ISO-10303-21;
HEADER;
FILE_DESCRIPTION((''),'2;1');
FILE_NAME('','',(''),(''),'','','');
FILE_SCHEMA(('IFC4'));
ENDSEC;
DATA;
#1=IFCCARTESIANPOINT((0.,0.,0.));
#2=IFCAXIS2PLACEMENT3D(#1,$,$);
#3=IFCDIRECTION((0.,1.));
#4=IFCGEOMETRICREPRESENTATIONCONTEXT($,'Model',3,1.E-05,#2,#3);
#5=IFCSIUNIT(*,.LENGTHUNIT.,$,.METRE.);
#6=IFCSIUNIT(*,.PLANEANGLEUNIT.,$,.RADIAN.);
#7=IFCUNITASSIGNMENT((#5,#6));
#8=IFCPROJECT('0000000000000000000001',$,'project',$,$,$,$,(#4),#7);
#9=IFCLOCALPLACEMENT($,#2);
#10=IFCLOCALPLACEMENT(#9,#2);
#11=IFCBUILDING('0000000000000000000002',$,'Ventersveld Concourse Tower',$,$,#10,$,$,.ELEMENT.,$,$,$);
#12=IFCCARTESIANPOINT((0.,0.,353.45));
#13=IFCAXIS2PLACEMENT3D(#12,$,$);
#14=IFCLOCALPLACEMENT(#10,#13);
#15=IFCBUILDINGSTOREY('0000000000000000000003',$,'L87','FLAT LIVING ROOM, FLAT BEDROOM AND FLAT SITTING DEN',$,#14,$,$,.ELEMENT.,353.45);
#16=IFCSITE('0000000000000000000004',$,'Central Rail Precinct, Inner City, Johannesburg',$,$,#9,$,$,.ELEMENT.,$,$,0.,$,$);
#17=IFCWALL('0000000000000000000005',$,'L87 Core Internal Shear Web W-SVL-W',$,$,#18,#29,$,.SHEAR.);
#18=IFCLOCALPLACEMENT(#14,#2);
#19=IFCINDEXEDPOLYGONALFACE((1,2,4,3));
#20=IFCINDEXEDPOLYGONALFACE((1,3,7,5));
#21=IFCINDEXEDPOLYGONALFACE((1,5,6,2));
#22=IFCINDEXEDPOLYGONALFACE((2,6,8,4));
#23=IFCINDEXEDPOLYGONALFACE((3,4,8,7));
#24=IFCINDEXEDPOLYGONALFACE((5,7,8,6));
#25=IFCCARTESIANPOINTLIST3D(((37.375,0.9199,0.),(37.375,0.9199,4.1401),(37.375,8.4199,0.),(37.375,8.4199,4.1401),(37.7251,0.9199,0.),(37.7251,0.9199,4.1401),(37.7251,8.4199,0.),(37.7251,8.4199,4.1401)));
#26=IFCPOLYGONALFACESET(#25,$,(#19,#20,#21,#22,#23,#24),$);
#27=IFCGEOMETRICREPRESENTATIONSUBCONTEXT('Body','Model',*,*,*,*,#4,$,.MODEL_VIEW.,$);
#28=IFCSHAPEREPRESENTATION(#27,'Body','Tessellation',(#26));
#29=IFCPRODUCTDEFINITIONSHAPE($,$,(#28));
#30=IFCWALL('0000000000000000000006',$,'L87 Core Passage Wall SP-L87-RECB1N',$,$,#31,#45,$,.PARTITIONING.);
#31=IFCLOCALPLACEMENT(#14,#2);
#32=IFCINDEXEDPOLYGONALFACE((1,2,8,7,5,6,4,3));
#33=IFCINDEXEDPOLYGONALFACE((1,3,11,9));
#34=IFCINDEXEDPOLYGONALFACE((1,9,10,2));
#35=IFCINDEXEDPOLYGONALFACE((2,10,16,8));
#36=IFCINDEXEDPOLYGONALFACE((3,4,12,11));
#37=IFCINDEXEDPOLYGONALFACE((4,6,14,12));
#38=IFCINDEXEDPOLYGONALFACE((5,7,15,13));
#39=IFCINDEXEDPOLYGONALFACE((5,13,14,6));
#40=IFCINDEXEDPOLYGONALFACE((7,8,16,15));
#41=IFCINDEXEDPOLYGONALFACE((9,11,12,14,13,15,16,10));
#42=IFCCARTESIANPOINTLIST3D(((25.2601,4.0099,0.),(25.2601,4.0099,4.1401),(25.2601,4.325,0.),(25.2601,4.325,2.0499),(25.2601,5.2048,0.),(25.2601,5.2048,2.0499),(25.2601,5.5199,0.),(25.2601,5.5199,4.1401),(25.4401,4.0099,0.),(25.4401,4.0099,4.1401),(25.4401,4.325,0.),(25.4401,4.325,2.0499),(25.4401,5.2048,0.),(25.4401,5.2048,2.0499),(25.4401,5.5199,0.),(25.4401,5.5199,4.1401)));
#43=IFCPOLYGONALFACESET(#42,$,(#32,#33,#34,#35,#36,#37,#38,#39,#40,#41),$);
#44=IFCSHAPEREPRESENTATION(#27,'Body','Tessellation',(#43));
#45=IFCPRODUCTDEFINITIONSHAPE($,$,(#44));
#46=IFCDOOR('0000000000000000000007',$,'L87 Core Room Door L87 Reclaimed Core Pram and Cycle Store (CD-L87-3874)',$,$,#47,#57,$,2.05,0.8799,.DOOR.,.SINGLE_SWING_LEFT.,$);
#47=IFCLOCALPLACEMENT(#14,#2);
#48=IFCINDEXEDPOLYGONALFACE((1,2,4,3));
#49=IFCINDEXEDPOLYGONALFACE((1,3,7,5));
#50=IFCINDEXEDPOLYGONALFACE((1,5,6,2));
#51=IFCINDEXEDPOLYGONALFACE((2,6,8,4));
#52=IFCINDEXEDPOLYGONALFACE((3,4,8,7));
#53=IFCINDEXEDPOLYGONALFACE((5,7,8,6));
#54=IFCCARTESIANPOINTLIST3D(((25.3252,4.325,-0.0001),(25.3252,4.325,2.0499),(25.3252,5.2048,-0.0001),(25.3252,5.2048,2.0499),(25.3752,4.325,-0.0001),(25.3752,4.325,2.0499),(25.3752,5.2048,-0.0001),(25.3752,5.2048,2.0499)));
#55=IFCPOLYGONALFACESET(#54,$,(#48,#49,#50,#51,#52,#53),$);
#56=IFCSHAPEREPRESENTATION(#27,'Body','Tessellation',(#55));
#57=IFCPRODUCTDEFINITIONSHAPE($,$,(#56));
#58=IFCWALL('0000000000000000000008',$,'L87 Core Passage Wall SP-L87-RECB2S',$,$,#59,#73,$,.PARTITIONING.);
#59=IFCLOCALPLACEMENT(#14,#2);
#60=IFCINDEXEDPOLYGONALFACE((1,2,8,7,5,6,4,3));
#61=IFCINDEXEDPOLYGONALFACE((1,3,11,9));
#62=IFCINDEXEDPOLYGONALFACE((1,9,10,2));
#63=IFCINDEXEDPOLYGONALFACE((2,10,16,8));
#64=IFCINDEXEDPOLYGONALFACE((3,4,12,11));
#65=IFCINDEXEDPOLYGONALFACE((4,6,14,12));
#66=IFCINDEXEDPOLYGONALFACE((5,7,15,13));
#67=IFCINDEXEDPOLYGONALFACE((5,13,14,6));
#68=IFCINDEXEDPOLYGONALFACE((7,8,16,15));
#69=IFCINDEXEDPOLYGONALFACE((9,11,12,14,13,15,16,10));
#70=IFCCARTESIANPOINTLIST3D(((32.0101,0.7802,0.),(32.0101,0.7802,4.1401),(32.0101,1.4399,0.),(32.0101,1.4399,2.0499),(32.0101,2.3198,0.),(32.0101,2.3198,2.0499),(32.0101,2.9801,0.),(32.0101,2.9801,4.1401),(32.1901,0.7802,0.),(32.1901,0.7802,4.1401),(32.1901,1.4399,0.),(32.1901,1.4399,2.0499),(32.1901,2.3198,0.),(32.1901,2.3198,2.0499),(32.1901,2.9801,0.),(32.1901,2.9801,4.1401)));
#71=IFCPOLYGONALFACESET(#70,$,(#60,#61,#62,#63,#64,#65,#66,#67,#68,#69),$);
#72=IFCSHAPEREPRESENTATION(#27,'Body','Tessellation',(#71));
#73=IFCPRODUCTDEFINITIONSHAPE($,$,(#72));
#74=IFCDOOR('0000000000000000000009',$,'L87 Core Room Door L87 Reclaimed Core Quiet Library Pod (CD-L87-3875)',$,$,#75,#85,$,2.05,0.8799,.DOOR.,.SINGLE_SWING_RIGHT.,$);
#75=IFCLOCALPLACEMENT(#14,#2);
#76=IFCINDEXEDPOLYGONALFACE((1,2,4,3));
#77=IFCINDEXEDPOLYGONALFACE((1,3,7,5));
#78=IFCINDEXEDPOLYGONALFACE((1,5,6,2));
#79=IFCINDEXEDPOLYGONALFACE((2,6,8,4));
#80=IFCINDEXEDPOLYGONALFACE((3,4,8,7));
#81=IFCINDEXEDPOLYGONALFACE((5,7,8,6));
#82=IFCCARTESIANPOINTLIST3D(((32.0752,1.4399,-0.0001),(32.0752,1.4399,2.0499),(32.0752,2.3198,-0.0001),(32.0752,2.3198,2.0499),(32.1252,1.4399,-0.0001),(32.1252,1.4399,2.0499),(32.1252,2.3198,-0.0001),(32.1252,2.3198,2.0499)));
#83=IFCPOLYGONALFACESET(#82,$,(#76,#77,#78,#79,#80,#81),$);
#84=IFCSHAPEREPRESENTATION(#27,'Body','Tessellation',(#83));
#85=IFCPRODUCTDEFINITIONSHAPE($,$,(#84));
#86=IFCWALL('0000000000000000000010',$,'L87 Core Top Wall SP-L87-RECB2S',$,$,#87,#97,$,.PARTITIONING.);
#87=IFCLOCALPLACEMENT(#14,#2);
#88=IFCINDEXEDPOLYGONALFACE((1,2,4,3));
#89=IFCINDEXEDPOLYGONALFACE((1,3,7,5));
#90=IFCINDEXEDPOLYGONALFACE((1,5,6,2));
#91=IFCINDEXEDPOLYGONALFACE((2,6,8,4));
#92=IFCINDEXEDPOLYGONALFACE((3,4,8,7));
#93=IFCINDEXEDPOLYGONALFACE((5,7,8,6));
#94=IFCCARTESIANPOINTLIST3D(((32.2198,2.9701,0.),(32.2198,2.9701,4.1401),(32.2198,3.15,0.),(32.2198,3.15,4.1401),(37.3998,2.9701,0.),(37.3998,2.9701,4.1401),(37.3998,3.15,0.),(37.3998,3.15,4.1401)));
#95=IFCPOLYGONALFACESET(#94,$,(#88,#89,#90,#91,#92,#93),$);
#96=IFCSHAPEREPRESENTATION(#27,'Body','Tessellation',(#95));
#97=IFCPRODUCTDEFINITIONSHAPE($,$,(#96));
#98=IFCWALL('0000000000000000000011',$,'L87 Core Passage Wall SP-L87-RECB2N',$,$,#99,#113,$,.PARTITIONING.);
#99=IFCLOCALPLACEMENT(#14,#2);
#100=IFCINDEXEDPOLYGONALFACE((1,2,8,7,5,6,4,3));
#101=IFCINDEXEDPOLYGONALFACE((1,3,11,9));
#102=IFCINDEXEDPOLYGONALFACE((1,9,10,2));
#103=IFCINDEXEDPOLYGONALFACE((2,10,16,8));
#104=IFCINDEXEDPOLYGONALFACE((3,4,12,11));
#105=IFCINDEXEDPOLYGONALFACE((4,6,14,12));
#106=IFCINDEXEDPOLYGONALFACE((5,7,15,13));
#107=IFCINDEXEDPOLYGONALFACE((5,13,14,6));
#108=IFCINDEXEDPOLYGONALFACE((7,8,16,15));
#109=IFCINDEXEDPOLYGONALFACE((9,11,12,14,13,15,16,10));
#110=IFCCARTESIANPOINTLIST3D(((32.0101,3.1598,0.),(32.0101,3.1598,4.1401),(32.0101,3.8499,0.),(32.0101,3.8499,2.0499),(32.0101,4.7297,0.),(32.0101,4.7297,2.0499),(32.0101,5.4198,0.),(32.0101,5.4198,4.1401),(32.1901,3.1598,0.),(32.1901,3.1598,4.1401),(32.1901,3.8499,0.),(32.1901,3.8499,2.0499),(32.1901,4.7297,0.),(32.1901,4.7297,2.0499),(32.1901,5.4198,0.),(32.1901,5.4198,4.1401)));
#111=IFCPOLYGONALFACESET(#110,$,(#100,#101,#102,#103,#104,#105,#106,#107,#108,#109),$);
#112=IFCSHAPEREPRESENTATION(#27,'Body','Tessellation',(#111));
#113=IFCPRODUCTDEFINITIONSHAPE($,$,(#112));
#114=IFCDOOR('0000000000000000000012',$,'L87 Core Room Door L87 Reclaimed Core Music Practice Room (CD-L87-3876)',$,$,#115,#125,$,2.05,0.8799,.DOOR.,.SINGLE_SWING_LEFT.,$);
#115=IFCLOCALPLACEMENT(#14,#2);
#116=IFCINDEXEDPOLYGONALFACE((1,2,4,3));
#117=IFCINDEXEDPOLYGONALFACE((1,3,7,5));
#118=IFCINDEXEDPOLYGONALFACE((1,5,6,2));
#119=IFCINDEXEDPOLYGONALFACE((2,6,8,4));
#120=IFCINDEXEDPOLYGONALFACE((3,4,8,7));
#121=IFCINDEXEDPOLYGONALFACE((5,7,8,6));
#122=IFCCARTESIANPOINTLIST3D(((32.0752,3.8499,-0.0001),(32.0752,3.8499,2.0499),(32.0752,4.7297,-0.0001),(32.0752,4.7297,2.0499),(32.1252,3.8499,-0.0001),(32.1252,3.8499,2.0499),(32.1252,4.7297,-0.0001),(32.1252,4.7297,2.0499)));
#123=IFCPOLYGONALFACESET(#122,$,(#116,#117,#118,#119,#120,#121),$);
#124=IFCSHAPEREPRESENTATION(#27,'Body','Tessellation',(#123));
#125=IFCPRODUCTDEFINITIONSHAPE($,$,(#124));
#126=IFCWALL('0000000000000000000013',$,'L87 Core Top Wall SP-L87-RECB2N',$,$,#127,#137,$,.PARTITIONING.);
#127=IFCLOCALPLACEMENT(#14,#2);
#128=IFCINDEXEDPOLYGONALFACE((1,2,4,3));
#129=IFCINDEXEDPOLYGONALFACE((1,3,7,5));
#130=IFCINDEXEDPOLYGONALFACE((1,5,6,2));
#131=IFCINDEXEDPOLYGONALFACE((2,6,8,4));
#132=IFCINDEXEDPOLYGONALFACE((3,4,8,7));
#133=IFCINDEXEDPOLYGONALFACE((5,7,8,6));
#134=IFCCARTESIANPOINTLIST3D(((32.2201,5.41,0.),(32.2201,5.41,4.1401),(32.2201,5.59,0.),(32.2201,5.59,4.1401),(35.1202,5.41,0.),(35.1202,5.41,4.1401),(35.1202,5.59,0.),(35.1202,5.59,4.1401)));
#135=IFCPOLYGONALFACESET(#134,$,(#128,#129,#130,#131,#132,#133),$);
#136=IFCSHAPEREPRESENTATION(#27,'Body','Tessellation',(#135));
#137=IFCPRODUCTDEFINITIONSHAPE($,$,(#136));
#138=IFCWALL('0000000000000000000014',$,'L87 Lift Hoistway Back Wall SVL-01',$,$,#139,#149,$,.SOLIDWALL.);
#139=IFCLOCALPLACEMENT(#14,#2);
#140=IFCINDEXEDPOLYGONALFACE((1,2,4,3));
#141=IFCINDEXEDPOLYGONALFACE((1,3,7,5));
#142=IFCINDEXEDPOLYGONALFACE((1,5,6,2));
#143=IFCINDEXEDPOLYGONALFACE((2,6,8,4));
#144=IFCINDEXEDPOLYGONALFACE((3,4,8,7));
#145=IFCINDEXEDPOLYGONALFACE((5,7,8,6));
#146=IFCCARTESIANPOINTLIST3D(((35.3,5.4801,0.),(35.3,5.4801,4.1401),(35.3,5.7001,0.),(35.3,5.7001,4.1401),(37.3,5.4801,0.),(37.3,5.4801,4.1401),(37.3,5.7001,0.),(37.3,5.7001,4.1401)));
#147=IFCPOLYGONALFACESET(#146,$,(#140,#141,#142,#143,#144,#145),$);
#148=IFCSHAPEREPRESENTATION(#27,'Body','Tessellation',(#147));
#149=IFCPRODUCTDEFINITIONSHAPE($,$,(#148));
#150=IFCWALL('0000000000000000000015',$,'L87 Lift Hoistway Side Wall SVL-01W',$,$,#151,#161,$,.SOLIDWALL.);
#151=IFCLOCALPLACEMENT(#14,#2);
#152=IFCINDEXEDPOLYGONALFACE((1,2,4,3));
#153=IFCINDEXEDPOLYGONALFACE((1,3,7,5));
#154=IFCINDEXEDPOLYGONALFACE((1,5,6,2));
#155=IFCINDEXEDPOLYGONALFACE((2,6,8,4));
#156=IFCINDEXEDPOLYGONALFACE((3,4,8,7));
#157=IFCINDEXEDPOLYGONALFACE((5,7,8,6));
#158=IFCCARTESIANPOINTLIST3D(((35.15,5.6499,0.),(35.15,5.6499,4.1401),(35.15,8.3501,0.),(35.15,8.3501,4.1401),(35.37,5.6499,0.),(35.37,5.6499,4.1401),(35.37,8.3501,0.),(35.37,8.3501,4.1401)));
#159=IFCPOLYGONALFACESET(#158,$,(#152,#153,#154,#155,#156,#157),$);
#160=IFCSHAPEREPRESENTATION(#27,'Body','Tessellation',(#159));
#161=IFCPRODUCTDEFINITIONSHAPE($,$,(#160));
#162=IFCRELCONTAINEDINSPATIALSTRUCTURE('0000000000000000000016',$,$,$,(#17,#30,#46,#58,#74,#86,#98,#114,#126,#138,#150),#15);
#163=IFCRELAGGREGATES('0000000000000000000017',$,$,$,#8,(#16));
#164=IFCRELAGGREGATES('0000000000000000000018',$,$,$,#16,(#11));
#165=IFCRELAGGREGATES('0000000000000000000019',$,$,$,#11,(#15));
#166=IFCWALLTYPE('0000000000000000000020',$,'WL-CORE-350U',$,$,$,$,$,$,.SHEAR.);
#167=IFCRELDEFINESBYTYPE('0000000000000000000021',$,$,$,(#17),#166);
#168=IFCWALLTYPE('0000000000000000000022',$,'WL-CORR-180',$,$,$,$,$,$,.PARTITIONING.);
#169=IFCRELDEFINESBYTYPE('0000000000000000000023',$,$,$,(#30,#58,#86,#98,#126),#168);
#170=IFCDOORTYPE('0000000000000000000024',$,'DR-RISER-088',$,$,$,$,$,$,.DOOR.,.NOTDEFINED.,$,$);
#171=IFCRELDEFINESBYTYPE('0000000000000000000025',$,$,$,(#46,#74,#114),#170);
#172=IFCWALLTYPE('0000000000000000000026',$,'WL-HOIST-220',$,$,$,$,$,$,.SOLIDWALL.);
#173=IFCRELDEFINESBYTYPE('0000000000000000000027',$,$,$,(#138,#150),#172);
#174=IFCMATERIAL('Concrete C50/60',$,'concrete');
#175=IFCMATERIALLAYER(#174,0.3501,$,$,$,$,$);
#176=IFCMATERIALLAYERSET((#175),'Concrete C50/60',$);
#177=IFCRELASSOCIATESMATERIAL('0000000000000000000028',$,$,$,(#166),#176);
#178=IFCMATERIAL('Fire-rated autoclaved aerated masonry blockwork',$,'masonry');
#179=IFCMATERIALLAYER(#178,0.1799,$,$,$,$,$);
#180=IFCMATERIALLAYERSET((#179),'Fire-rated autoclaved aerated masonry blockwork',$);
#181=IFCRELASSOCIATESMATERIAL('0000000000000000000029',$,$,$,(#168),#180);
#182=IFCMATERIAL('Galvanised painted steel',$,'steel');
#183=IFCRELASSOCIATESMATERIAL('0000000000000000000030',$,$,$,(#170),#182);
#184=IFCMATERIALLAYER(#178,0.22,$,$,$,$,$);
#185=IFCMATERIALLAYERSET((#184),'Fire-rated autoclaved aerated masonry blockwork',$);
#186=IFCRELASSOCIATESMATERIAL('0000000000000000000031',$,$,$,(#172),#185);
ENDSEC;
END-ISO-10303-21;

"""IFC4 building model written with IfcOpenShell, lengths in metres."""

from ifc_helpers import new_model, si_unit, direction, frame, frame_2d, origin, place, context, subcontext, project, spatial, rectangle, extrude, material, layer, layer_set, type_object, element, fill, save


model = new_model("IFC4")

# Units and contexts
model_context = context("Model", 3, precision=1e-05, world=origin(), true_north=direction((0.0, 1.0)))
body_context = subcontext(model_context, "Body", "Model", "MODEL_VIEW")
ifc_project = project(units=[si_unit("LENGTHUNIT", "METRE"), si_unit("PLANEANGLEUNIT", "RADIAN")], contexts=[model_context])

# Site, building, storey
site_placement = place(None, origin())
site = spatial("IfcSite", under=ifc_project, at=site_placement, Name="Central Rail Precinct, Inner City, Johannesburg", CompositionType="ELEMENT", RefElevation=0.0)
building_placement = place(site_placement, origin())
building = spatial("IfcBuilding", under=site, at=building_placement, Name="Ventersveld Concourse Tower", CompositionType="ELEMENT")
storey_placement = place(building_placement, frame((0.0, 0.0, 353.45)))
storey = spatial("IfcBuildingStorey", under=building, at=storey_placement, Name="L87", Description="FLAT LIVING ROOM, FLAT BEDROOM AND FLAT SITTING DEN", CompositionType="ELEMENT", Elevation=353.45)

# Shared definitions
ifc_material_1 = material(Name="Concrete C50/60", Category="concrete")

# Wall
ifc_layer_1 = layer(ifc_material_1, 0.3501)
ifc_layer_set_1 = layer_set([ifc_layer_1], Name="Concrete C50/60")
wall_type_1 = type_object("IfcWallType", Name="WL-CORE-350U", PredefinedType="SHEAR", material=ifc_layer_set_1)
for number, where, z_axis, x_axis, name in (
    (1, (37.55, 0.9199, 0.0), (0.0, 0.0, 1.0), (0.0, 1.0, 0.0), "L87 Core Internal Shear Web W-SVL-W"),
):
    element("IfcWall", number, at=place(storey_placement, frame(where, z_axis=z_axis, x_axis=x_axis)), inside=storey, type_object=wall_type_1, Name=name, PredefinedType="SHEAR", context=body_context, shape_type="SweptSolid", body=[
        extrude(rectangle(XDim=7.5, YDim=0.3501, at=frame_2d((3.75, 0.0))), origin(), (0.0, 0.0, 1.0), 4.1401),
    ])

# Walls, openings, doors
ifc_material_2 = material(Name="Fire-rated autoclaved aerated masonry blockwork", Category="masonry")
ifc_layer_2 = layer(ifc_material_2, 0.1799)
ifc_layer_set_2 = layer_set([ifc_layer_2], Name="Fire-rated autoclaved aerated masonry blockwork")
wall_type_2 = type_object("IfcWallType", Name="WL-CORR-180", PredefinedType="PARTITIONING", material=ifc_layer_set_2)
wall_1_placement = place(storey_placement, frame((25.3501, 4.01, 0.0), z_axis=(0.0, 0.0, 1.0), x_axis=(0.0, 1.0, 0.0)))
wall_1 = element("IfcWall", 2, at=wall_1_placement, inside=storey, type_object=wall_type_2, Name="L87 Core Passage Wall SP-L87-RECB1N", PredefinedType="PARTITIONING", context=body_context, shape_type="SweptSolid", body=[
    extrude(rectangle(XDim=1.51, YDim=0.1799, at=frame_2d((0.7549, 0.0))), origin(), (0.0, 0.0, 1.0), 4.1401),
])
opening_1_placement = place(wall_1_placement, frame((0.3149, 0.0, 0.0)))
opening_1 = element("IfcOpeningElement", 3, at=opening_1_placement, cuts=wall_1, PredefinedType="OPENING", context=body_context, shape_type="SweptSolid", body=[
    extrude(rectangle(XDim=0.8799, YDim=2.05, at=frame_2d((0.4399, 1.0249))), frame((0.0, 0.1001, 0.0), z_axis=(0.0, -1.0, 0.0), x_axis=(1.0, 0.0, 0.0)), (0.0, 0.0, 1.0), 0.2),
])
ifc_material_3 = material(Name="Galvanised painted steel", Category="steel")
door_type_1 = type_object("IfcDoorType", Name="DR-RISER-088", OperationType="NOTDEFINED", PredefinedType="DOOR", material=ifc_material_3)
door_1_placement = place(opening_1_placement, origin())
door_1 = element("IfcDoor", 4, at=door_1_placement, inside=storey, type_object=door_type_1, Name="L87 Core Room Door L87 Reclaimed Core Pram and Cycle Store (CD-L87-3874)", OperationType="SINGLE_SWING_LEFT", OverallHeight=2.05, OverallWidth=0.8799, PredefinedType="DOOR", context=body_context, shape_type="SweptSolid", body=[
    extrude(rectangle(XDim=0.8799, YDim=2.05, at=frame_2d((0.4399, 1.0249))), frame((0.0, 0.0249, 0.0), z_axis=(0.0, -1.0, 0.0), x_axis=(1.0, 0.0, 0.0)), (0.0, 0.0, 1.0), 0.05),
])
fill(opening_1, door_1)
wall_2_placement = place(storey_placement, frame((32.1001, 0.78, 0.0), z_axis=(0.0, 0.0, 1.0), x_axis=(0.0, 1.0, 0.0)))
wall_2 = element("IfcWall", 5, at=wall_2_placement, inside=storey, type_object=wall_type_2, Name="L87 Core Passage Wall SP-L87-RECB2S", PredefinedType="PARTITIONING", context=body_context, shape_type="SweptSolid", body=[
    extrude(rectangle(XDim=2.2, YDim=0.1799, at=frame_2d((1.1001, 0.0))), origin(), (0.0, 0.0, 1.0), 4.1401),
])
opening_2_placement = place(wall_2_placement, frame((0.6599, 0.0, 0.0)))
opening_2 = element("IfcOpeningElement", 6, at=opening_2_placement, cuts=wall_2, PredefinedType="OPENING", context=body_context, shape_type="SweptSolid", body=[
    extrude(rectangle(XDim=0.8799, YDim=2.05, at=frame_2d((0.4399, 1.0249))), frame((0.0, 0.1001, 0.0), z_axis=(0.0, -1.0, 0.0), x_axis=(1.0, 0.0, 0.0)), (0.0, 0.0, 1.0), 0.2),
])
door_2_placement = place(opening_2_placement, origin())
door_2 = element("IfcDoor", 7, at=door_2_placement, inside=storey, type_object=door_type_1, Name="L87 Core Room Door L87 Reclaimed Core Quiet Library Pod (CD-L87-3875)", OperationType="SINGLE_SWING_RIGHT", OverallHeight=2.05, OverallWidth=0.8799, PredefinedType="DOOR", context=body_context, shape_type="SweptSolid", body=[
    extrude(rectangle(XDim=0.8799, YDim=2.05, at=frame_2d((0.4399, 1.0249))), frame((0.0, 0.0249, 0.0), z_axis=(0.0, -1.0, 0.0), x_axis=(1.0, 0.0, 0.0)), (0.0, 0.0, 1.0), 0.05),
])
fill(opening_2, door_2)

# Wall
wall_3_placement = place(storey_placement, frame((32.22, 3.0601, 0.0), z_axis=(0.0, 0.0, 1.0), x_axis=(1.0, 0.0, 0.0)))
element("IfcWall", 8, at=wall_3_placement, inside=storey, type_object=wall_type_2, Name="L87 Core Top Wall SP-L87-RECB2S", PredefinedType="PARTITIONING", context=body_context, shape_type="SweptSolid", body=[
    extrude(rectangle(XDim=5.1799, YDim=0.1799, at=frame_2d((2.5898, 0.0))), origin(), (0.0, 0.0, 1.0), 4.1401),
])

# Wall, opening, door
wall_4_placement = place(storey_placement, frame((32.1001, 3.1599, 0.0), z_axis=(0.0, 0.0, 1.0), x_axis=(0.0, 1.0, 0.0)))
wall_4 = element("IfcWall", 9, at=wall_4_placement, inside=storey, type_object=wall_type_2, Name="L87 Core Passage Wall SP-L87-RECB2N", PredefinedType="PARTITIONING", context=body_context, shape_type="SweptSolid", body=[
    extrude(rectangle(XDim=2.26, YDim=0.1799, at=frame_2d((1.1299, 0.0))), origin(), (0.0, 0.0, 1.0), 4.1401),
])
opening_3_placement = place(wall_4_placement, frame((0.6899, 0.0, 0.0)))
opening_3 = element("IfcOpeningElement", 10, at=opening_3_placement, cuts=wall_4, PredefinedType="OPENING", context=body_context, shape_type="SweptSolid", body=[
    extrude(rectangle(XDim=0.8799, YDim=2.05, at=frame_2d((0.4399, 1.0249))), frame((0.0, 0.1001, 0.0), z_axis=(0.0, -1.0, 0.0), x_axis=(1.0, 0.0, 0.0)), (0.0, 0.0, 1.0), 0.2),
])
door_3_placement = place(opening_3_placement, origin())
door_3 = element("IfcDoor", 11, at=door_3_placement, inside=storey, type_object=door_type_1, Name="L87 Core Room Door L87 Reclaimed Core Music Practice Room (CD-L87-3876)", OperationType="SINGLE_SWING_LEFT", OverallHeight=2.05, OverallWidth=0.8799, PredefinedType="DOOR", context=body_context, shape_type="SweptSolid", body=[
    extrude(rectangle(XDim=0.8799, YDim=2.05, at=frame_2d((0.4399, 1.0249))), frame((0.0, 0.0249, 0.0), z_axis=(0.0, -1.0, 0.0), x_axis=(1.0, 0.0, 0.0)), (0.0, 0.0, 1.0), 0.05),
])
fill(opening_3, door_3)

# Walls
wall_5_placement = place(storey_placement, frame((32.22, 5.5, 0.0), z_axis=(0.0, 0.0, 1.0), x_axis=(1.0, 0.0, 0.0)))
element("IfcWall", 12, at=wall_5_placement, inside=storey, type_object=wall_type_2, Name="L87 Core Top Wall SP-L87-RECB2N", PredefinedType="PARTITIONING", context=body_context, shape_type="SweptSolid", body=[
    extrude(rectangle(XDim=2.9001, YDim=0.1799, at=frame_2d((1.4502, 0.0))), origin(), (0.0, 0.0, 1.0), 4.1401),
])
ifc_layer_3 = layer(ifc_material_2, 0.22)
ifc_layer_set_3 = layer_set([ifc_layer_3], Name="Fire-rated autoclaved aerated masonry blockwork")
wall_type_3 = type_object("IfcWallType", Name="WL-HOIST-220", PredefinedType="SOLIDWALL", material=ifc_layer_set_3)
wall_6_placement = place(storey_placement, frame((35.3, 5.5901, 0.0), z_axis=(0.0, 0.0, 1.0), x_axis=(1.0, 0.0, 0.0)))
element("IfcWall", 13, at=wall_6_placement, inside=storey, type_object=wall_type_3, Name="L87 Lift Hoistway Back Wall SVL-01", PredefinedType="SOLIDWALL", context=body_context, shape_type="SweptSolid", body=[
    extrude(rectangle(XDim=2.0, YDim=0.22, at=frame_2d((1.0, 0.0))), origin(), (0.0, 0.0, 1.0), 4.1401),
])
wall_7_placement = place(storey_placement, frame((35.26, 5.6499, 0.0), z_axis=(0.0, 0.0, 1.0), x_axis=(0.0, 1.0, 0.0)))
element("IfcWall", 14, at=wall_7_placement, inside=storey, type_object=wall_type_3, Name="L87 Lift Hoistway Side Wall SVL-01W", PredefinedType="SOLIDWALL", context=body_context, shape_type="SweptSolid", body=[
    extrude(rectangle(XDim=2.7002, YDim=0.22, at=frame_2d((1.3501, 0.0))), origin(), (0.0, 0.0, 1.0), 4.1401),
])

save(model, "model.ifc")
